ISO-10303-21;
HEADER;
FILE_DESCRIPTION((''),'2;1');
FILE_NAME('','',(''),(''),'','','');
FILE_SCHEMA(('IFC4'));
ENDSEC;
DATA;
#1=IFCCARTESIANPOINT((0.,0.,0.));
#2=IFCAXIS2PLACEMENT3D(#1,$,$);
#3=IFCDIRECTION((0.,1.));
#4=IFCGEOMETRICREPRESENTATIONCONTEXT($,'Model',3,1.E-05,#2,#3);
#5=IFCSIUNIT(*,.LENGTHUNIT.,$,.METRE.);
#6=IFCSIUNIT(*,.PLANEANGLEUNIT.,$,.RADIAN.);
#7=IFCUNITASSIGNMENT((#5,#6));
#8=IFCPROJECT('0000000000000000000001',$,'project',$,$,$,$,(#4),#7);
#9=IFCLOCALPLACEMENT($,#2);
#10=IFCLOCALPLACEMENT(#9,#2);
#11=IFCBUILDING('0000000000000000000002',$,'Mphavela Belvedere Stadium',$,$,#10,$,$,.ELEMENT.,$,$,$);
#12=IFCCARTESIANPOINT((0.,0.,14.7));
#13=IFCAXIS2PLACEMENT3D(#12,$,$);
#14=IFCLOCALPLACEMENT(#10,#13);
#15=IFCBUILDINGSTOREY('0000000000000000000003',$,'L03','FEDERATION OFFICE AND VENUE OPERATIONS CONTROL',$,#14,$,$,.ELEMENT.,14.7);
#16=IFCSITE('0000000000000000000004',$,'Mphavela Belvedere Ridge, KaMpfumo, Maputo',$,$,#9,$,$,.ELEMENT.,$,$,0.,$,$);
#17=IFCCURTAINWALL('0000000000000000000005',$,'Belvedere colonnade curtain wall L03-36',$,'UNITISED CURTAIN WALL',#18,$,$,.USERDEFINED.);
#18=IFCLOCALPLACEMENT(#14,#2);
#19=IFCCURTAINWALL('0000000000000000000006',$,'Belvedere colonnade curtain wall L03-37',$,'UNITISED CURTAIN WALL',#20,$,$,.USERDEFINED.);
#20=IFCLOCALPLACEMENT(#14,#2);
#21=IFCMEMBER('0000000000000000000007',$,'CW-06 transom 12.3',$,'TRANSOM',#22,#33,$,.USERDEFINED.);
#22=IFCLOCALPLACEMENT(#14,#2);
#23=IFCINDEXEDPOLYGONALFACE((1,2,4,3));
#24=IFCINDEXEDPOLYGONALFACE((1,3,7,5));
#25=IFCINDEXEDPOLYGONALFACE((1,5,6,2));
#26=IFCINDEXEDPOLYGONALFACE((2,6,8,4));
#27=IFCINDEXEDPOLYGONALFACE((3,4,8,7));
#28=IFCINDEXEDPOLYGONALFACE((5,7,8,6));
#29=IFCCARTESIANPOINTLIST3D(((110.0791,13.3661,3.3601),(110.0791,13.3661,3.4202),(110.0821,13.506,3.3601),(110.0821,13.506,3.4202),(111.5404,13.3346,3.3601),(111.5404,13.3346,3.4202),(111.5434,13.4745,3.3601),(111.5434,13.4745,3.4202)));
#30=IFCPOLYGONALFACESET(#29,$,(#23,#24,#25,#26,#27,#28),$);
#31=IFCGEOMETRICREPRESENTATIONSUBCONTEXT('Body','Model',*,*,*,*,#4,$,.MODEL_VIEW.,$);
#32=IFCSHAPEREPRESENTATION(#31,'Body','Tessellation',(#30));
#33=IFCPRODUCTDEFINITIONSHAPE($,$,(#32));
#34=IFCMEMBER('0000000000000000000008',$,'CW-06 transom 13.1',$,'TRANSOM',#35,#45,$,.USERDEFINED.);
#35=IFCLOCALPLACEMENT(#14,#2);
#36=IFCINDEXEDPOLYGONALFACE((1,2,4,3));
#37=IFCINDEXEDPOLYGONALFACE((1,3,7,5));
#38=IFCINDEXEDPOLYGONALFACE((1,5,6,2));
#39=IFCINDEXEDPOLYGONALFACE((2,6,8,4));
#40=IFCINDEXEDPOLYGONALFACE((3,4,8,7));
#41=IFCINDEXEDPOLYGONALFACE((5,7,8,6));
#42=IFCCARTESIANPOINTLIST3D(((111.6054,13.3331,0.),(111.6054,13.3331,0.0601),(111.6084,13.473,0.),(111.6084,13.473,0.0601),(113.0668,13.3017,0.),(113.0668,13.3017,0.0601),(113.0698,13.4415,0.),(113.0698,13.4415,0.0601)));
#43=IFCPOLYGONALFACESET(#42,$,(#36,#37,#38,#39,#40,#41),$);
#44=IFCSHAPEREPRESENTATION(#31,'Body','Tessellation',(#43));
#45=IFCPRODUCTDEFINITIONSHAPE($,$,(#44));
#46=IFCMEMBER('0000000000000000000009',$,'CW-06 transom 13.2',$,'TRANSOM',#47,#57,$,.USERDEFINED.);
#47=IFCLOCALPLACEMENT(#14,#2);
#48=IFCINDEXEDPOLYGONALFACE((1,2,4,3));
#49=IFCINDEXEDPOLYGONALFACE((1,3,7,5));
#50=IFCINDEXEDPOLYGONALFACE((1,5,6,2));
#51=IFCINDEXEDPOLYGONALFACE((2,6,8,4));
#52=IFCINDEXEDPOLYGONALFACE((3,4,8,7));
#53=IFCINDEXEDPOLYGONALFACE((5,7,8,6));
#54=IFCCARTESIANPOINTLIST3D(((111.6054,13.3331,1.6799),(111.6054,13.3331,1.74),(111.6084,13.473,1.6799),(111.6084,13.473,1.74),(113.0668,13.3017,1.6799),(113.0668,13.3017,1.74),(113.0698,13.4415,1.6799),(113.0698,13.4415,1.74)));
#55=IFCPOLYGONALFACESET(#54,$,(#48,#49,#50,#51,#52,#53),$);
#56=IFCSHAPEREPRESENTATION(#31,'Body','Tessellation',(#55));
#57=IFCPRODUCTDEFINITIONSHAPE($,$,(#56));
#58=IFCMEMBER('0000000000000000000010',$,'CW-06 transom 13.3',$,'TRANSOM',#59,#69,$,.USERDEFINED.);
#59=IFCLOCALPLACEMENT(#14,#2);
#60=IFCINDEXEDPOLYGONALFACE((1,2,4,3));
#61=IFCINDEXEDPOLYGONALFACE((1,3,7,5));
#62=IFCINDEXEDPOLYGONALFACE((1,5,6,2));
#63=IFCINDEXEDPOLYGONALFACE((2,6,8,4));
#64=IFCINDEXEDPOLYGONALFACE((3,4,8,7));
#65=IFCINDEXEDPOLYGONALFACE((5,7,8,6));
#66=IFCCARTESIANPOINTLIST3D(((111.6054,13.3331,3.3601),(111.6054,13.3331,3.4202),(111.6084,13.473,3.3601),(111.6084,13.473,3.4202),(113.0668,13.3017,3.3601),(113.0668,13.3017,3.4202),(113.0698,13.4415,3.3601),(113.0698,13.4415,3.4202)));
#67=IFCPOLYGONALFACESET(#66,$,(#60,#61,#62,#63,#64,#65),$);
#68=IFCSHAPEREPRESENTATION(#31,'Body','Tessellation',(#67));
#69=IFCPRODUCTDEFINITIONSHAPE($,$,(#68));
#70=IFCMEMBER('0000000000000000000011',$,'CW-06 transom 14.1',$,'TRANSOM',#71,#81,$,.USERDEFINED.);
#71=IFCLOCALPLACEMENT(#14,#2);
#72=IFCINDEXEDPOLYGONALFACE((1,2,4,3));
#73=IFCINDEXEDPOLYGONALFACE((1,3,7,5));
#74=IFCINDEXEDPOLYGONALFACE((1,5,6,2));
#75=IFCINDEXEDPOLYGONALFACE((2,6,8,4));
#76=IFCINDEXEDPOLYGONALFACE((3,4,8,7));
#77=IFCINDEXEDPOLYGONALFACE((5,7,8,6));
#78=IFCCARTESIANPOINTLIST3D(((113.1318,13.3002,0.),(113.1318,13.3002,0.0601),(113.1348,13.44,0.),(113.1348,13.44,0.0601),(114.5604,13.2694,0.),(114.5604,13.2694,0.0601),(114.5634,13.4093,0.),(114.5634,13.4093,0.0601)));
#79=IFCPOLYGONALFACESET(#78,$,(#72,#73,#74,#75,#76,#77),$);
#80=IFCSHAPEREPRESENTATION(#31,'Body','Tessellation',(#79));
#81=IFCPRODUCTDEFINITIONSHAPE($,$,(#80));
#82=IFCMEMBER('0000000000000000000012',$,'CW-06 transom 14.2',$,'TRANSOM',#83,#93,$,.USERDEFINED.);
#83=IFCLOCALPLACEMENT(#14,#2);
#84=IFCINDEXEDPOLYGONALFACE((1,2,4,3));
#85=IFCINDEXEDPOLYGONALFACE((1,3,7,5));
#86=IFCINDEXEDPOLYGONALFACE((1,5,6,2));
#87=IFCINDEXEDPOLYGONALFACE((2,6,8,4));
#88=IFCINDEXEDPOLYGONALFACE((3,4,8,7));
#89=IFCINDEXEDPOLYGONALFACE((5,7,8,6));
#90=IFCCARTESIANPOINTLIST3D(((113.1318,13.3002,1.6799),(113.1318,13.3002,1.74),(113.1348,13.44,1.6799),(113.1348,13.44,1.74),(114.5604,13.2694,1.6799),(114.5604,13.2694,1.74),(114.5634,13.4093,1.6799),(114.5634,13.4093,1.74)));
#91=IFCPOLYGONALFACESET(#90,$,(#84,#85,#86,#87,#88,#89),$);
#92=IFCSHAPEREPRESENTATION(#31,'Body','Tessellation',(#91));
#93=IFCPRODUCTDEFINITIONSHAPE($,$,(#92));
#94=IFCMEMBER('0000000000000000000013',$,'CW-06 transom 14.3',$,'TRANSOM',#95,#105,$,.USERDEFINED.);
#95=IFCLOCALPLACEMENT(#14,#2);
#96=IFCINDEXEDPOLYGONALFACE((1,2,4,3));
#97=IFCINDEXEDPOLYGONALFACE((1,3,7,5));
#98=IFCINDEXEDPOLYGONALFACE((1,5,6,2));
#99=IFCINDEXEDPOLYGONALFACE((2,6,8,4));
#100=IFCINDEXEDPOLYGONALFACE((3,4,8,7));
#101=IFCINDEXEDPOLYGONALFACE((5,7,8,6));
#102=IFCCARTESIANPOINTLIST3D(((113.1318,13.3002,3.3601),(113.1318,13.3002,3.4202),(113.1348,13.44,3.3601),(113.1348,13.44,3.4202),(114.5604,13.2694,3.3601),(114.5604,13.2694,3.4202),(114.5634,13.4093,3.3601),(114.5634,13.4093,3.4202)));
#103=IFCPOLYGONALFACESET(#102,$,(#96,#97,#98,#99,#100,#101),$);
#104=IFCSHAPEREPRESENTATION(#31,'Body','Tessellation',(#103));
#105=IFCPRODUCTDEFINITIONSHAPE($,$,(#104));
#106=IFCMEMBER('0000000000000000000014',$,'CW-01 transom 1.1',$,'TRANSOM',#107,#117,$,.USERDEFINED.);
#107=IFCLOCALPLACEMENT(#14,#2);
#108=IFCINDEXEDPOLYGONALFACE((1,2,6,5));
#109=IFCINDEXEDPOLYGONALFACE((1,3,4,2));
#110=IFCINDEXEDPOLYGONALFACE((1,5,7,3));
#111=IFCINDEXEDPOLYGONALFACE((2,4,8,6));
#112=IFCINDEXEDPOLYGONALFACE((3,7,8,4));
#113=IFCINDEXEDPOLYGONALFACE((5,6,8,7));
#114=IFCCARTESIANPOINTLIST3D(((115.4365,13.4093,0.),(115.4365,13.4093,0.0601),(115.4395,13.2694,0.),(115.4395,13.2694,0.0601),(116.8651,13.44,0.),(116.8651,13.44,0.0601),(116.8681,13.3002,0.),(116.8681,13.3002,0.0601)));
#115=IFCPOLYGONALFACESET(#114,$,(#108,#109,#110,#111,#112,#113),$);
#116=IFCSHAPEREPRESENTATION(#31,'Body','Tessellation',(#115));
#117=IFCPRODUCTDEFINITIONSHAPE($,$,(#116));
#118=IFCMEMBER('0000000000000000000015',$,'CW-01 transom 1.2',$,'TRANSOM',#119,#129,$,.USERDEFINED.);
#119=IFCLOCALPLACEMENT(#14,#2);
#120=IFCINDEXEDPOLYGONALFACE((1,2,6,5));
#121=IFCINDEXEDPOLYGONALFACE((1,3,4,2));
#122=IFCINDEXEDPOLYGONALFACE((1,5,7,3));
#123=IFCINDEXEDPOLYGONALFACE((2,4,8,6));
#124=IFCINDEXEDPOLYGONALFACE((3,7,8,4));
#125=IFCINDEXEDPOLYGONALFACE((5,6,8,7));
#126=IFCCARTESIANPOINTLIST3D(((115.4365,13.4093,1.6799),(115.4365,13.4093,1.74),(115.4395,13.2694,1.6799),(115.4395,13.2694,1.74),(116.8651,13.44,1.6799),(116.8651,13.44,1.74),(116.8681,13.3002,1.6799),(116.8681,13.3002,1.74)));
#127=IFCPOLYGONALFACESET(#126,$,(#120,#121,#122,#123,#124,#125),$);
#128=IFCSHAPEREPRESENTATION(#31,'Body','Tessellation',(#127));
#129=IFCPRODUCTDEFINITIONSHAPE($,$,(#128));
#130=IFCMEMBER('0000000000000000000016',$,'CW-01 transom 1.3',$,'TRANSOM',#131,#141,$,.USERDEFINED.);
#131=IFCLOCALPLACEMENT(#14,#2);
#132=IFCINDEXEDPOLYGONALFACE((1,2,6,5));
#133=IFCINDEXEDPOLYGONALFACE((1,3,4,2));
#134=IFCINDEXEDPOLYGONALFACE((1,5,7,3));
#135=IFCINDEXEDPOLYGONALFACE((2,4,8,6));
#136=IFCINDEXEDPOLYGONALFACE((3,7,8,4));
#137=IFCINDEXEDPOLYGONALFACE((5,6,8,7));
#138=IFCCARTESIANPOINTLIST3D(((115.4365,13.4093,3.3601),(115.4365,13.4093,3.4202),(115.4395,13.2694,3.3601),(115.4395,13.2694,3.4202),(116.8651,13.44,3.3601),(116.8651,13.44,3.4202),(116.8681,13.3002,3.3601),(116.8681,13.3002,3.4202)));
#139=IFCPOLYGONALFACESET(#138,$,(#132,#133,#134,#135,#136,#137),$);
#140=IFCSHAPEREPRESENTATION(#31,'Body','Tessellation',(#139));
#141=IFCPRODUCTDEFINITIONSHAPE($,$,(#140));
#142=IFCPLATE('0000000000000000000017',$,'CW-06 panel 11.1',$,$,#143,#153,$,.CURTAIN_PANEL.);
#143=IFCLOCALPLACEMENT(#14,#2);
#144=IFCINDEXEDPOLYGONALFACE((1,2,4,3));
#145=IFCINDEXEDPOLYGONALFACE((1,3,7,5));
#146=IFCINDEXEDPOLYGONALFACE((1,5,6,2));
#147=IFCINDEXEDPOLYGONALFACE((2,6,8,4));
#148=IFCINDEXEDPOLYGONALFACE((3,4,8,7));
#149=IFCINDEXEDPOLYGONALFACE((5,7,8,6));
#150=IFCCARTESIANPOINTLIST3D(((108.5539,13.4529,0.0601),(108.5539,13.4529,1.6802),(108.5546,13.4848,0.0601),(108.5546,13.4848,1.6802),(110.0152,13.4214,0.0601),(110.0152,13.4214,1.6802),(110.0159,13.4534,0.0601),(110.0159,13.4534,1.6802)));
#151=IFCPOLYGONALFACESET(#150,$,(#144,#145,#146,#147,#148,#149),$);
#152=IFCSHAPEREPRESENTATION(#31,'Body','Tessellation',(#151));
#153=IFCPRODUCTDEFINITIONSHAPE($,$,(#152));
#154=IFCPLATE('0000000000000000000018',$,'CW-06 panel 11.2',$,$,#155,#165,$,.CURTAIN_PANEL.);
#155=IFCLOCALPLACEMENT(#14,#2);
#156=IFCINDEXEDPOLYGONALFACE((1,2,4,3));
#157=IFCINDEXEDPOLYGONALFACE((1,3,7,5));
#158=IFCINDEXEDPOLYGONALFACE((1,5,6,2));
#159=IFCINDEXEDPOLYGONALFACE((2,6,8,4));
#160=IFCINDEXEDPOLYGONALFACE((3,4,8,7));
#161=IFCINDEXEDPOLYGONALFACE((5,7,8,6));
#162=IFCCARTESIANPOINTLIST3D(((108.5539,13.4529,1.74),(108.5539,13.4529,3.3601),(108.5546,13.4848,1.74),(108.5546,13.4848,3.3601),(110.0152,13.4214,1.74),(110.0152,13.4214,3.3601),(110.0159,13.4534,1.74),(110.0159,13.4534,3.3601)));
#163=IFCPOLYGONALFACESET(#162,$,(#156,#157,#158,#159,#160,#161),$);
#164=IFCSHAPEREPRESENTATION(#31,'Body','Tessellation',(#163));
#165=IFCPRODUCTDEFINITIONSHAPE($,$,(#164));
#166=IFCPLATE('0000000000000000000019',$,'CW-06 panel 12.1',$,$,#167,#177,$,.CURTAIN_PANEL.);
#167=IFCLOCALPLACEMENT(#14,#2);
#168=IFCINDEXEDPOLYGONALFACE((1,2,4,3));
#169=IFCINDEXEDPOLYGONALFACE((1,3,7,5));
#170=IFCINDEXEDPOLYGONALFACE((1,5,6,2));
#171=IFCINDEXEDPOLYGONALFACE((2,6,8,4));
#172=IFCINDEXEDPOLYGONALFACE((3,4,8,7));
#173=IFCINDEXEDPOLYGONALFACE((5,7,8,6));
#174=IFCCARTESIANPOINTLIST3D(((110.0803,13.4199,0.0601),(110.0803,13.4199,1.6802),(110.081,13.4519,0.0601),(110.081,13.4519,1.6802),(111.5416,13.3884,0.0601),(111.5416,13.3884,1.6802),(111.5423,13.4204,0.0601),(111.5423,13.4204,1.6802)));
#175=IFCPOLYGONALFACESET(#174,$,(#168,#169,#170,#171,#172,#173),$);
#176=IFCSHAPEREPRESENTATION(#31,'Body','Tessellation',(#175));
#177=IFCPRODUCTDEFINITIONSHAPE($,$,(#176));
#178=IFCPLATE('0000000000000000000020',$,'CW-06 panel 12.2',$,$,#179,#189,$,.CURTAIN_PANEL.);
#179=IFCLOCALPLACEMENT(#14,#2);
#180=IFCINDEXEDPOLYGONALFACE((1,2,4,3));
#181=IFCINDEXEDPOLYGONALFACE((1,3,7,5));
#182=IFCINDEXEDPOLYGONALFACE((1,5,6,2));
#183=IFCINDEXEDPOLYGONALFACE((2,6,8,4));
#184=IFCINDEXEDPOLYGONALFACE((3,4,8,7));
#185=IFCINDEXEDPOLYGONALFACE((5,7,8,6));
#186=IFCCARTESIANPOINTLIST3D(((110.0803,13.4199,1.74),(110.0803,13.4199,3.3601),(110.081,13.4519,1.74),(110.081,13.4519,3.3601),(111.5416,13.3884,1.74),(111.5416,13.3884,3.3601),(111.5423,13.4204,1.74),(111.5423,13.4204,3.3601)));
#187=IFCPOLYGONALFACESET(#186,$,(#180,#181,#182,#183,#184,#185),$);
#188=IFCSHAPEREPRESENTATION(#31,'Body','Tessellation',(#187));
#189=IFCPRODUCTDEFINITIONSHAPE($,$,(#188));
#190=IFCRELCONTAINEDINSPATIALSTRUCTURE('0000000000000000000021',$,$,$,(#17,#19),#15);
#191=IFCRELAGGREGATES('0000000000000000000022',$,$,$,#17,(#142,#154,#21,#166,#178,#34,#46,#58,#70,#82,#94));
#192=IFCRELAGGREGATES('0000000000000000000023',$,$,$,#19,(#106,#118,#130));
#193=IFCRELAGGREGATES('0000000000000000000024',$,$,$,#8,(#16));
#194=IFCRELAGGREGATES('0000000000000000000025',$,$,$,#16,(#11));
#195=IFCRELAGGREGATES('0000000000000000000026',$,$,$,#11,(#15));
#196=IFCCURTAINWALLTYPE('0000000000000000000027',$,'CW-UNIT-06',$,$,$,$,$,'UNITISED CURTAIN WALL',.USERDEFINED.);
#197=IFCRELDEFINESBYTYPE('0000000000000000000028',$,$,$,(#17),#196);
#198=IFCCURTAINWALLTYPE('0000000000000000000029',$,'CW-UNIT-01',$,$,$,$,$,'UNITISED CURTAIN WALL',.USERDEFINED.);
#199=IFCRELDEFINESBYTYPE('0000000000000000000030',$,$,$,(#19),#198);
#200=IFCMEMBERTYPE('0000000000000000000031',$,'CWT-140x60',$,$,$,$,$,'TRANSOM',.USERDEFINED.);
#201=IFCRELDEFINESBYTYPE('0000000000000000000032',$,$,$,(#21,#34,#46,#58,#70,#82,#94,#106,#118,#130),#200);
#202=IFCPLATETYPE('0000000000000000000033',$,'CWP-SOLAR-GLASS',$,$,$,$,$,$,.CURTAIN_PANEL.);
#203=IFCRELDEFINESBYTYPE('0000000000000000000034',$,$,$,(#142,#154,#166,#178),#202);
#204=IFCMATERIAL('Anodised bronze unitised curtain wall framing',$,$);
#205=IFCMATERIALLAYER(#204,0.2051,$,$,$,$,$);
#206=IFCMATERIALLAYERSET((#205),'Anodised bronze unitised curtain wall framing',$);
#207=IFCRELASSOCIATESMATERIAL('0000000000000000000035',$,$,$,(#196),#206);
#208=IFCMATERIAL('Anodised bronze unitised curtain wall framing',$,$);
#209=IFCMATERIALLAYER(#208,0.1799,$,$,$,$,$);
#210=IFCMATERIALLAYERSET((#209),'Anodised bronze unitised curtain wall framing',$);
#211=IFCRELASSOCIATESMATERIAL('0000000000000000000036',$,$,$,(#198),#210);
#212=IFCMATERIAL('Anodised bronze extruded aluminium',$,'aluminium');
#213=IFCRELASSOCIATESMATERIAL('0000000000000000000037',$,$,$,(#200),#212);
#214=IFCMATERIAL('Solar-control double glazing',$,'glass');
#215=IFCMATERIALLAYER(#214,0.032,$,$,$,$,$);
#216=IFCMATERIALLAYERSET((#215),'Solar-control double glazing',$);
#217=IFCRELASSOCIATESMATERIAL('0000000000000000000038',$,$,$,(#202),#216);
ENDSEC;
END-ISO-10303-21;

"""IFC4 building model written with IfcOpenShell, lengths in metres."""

from ifc_helpers import new_model, si_unit, direction, frame, origin, origin_2d, place, context, subcontext, project, spatial, rectangle, extrude, material, layer, layer_set, material_profile, profile_set, type_object, element, aggregate, save


model = new_model("IFC4")

# Units and contexts
model_context = context("Model", 3, precision=1e-05, world=origin(), true_north=direction((0.0, 1.0)))
body_context = subcontext(model_context, "Body", "Model", "MODEL_VIEW")
ifc_project = project(units=[si_unit("LENGTHUNIT", "METRE"), si_unit("PLANEANGLEUNIT", "RADIAN")], contexts=[model_context])

# Site, building, storey
site_placement = place(None, origin())
site = spatial("IfcSite", under=ifc_project, at=site_placement, Name="Mphavela Belvedere Ridge, KaMpfumo, Maputo", CompositionType="ELEMENT", RefElevation=0.0)
building_placement = place(site_placement, origin())
building = spatial("IfcBuilding", under=site, at=building_placement, Name="Mphavela Belvedere Stadium", CompositionType="ELEMENT")
storey_placement = place(building_placement, frame((0.0, 0.0, 14.7)))
storey = spatial("IfcBuildingStorey", under=building, at=storey_placement, Name="L03", Description="FEDERATION OFFICE AND VENUE OPERATIONS CONTROL", CompositionType="ELEMENT", Elevation=14.7)

# Curtain wall
ifc_material_1 = material(Name="Anodised bronze unitised curtain wall framing")
ifc_layer_1 = layer(ifc_material_1, 0.2051)
ifc_layer_set_1 = layer_set([ifc_layer_1], Name="Anodised bronze unitised curtain wall framing")
curtain_wall_type_1 = type_object("IfcCurtainWallType", Name="CW-UNIT-06", ElementType="UNITISED CURTAIN WALL", PredefinedType="USERDEFINED", material=ifc_layer_set_1)
curtain_wall_1_placement = place(storey_placement, origin())
curtain_wall_1 = element("IfcCurtainWall", 1, at=curtain_wall_1_placement, inside=storey, type_object=curtain_wall_type_1, Name="Belvedere colonnade curtain wall L03-36", ObjectType="UNITISED CURTAIN WALL", PredefinedType="USERDEFINED")

# Curtain wall
ifc_material_2 = material(Name="Anodised bronze unitised curtain wall framing")
ifc_layer_2 = layer(ifc_material_2, 0.1799)
ifc_layer_set_2 = layer_set([ifc_layer_2], Name="Anodised bronze unitised curtain wall framing")
curtain_wall_type_2 = type_object("IfcCurtainWallType", Name="CW-UNIT-01", ElementType="UNITISED CURTAIN WALL", PredefinedType="USERDEFINED", material=ifc_layer_set_2)
curtain_wall_2_placement = place(storey_placement, origin())
curtain_wall_2 = element("IfcCurtainWall", 2, at=curtain_wall_2_placement, inside=storey, type_object=curtain_wall_type_2, Name="Belvedere colonnade curtain wall L03-37", ObjectType="UNITISED CURTAIN WALL", PredefinedType="USERDEFINED")

# Members
ifc_material_3 = material(Name="Anodised bronze extruded aluminium", Category="aluminium")
ifc_material_profile_1 = material_profile(ifc_material_3, rectangle(XDim=0.1399, YDim=0.0601, at=origin_2d()), Name="CW-TRN 140x60")
ifc_profile_set_1 = profile_set([ifc_material_profile_1], Name="Anodised bronze extruded aluminium")
member_type_1 = type_object("IfcMemberType", Name="CWT-140x60", ElementType="TRANSOM", PredefinedType="USERDEFINED", material=ifc_profile_set_1)
member_1_placement = place(storey_placement, frame((110.0806, 13.436, 3.3901), z_axis=(0.999768, -0.021545, 0.0), x_axis=(0.021545, 0.999768, 0.0)))
member_1 = element("IfcMember", 3, at=member_1_placement, type_object=member_type_1, Name="CW-06 transom 12.3", ObjectType="TRANSOM", PredefinedType="USERDEFINED", context=body_context, shape_type="SweptSolid", body=[
    extrude(rectangle(XDim=0.1399, YDim=0.0601, at=origin_2d()), origin(), (0.0, 0.0, 1.0), 1.4617),
])
member_2_placement = place(storey_placement, frame((111.6069, 13.4031, 0.03), z_axis=(0.999768, -0.021545, 0.0), x_axis=(0.021545, 0.999768, 0.0)))
member_2 = element("IfcMember", 4, at=member_2_placement, type_object=member_type_1, Name="CW-06 transom 13.1", ObjectType="TRANSOM", PredefinedType="USERDEFINED", context=body_context, shape_type="SweptSolid", body=[
    extrude(rectangle(XDim=0.1399, YDim=0.0601, at=origin_2d()), origin(), (0.0, 0.0, 1.0), 1.4617),
])
member_3_placement = place(storey_placement, frame((111.6069, 13.4031, 1.71), z_axis=(0.999768, -0.021545, 0.0), x_axis=(0.021545, 0.999768, 0.0)))
member_3 = element("IfcMember", 5, at=member_3_placement, type_object=member_type_1, Name="CW-06 transom 13.2", ObjectType="TRANSOM", PredefinedType="USERDEFINED", context=body_context, shape_type="SweptSolid", body=[
    extrude(rectangle(XDim=0.1399, YDim=0.0601, at=origin_2d()), origin(), (0.0, 0.0, 1.0), 1.4617),
])
member_4_placement = place(storey_placement, frame((111.6069, 13.4031, 3.3901), z_axis=(0.999768, -0.021545, 0.0), x_axis=(0.021545, 0.999768, 0.0)))
member_4 = element("IfcMember", 6, at=member_4_placement, type_object=member_type_1, Name="CW-06 transom 13.3", ObjectType="TRANSOM", PredefinedType="USERDEFINED", context=body_context, shape_type="SweptSolid", body=[
    extrude(rectangle(XDim=0.1399, YDim=0.0601, at=origin_2d()), origin(), (0.0, 0.0, 1.0), 1.4617),
])
member_5_placement = place(storey_placement, frame((113.1333, 13.3701, 0.03), z_axis=(0.999768, -0.021526, 0.0), x_axis=(0.021526, 0.999768, 0.0)))
member_5 = element("IfcMember", 7, at=member_5_placement, type_object=member_type_1, Name="CW-06 transom 14.1", ObjectType="TRANSOM", PredefinedType="USERDEFINED", context=body_context, shape_type="SweptSolid", body=[
    extrude(rectangle(XDim=0.1399, YDim=0.0601, at=origin_2d()), origin(), (0.0, 0.0, 1.0), 1.429),
])
member_6_placement = place(storey_placement, frame((113.1333, 13.3701, 1.71), z_axis=(0.999768, -0.021526, 0.0), x_axis=(0.021526, 0.999768, 0.0)))
member_6 = element("IfcMember", 8, at=member_6_placement, type_object=member_type_1, Name="CW-06 transom 14.2", ObjectType="TRANSOM", PredefinedType="USERDEFINED", context=body_context, shape_type="SweptSolid", body=[
    extrude(rectangle(XDim=0.1399, YDim=0.0601, at=origin_2d()), origin(), (0.0, 0.0, 1.0), 1.429),
])
member_7_placement = place(storey_placement, frame((113.1333, 13.3701, 3.3901), z_axis=(0.999768, -0.021526, 0.0), x_axis=(0.021526, 0.999768, 0.0)))
member_7 = element("IfcMember", 9, at=member_7_placement, type_object=member_type_1, Name="CW-06 transom 14.3", ObjectType="TRANSOM", PredefinedType="USERDEFINED", context=body_context, shape_type="SweptSolid", body=[
    extrude(rectangle(XDim=0.1399, YDim=0.0601, at=origin_2d()), origin(), (0.0, 0.0, 1.0), 1.429),
])
member_8_placement = place(storey_placement, frame((115.438, 13.3394, 0.03), z_axis=(0.999768, 0.021526, 0.0), x_axis=(-0.021526, 0.999768, 0.0)))
member_8 = element("IfcMember", 10, at=member_8_placement, type_object=member_type_1, Name="CW-01 transom 1.1", ObjectType="TRANSOM", PredefinedType="USERDEFINED", context=body_context, shape_type="SweptSolid", body=[
    extrude(rectangle(XDim=0.1399, YDim=0.0601, at=origin_2d()), origin(), (0.0, 0.0, 1.0), 1.429),
])
member_9_placement = place(storey_placement, frame((115.438, 13.3394, 1.71), z_axis=(0.999768, 0.021526, 0.0), x_axis=(-0.021526, 0.999768, 0.0)))
member_9 = element("IfcMember", 11, at=member_9_placement, type_object=member_type_1, Name="CW-01 transom 1.2", ObjectType="TRANSOM", PredefinedType="USERDEFINED", context=body_context, shape_type="SweptSolid", body=[
    extrude(rectangle(XDim=0.1399, YDim=0.0601, at=origin_2d()), origin(), (0.0, 0.0, 1.0), 1.429),
])
member_10_placement = place(storey_placement, frame((115.438, 13.3394, 3.3901), z_axis=(0.999768, 0.021526, 0.0), x_axis=(-0.021526, 0.999768, 0.0)))
member_10 = element("IfcMember", 12, at=member_10_placement, type_object=member_type_1, Name="CW-01 transom 1.3", ObjectType="TRANSOM", PredefinedType="USERDEFINED", context=body_context, shape_type="SweptSolid", body=[
    extrude(rectangle(XDim=0.1399, YDim=0.0601, at=origin_2d()), origin(), (0.0, 0.0, 1.0), 1.429),
])

# Plates
ifc_material_4 = material(Name="Solar-control double glazing", Category="glass")
ifc_layer_3 = layer(ifc_material_4, 0.032)
ifc_layer_set_3 = layer_set([ifc_layer_3], Name="Solar-control double glazing")
plate_type = type_object("IfcPlateType", Name="CWP-SOLAR-GLASS", PredefinedType="CURTAIN_PANEL", material=ifc_layer_set_3)
plate_1_placement = place(storey_placement, frame((109.2849, 13.4531, 0.0601), z_axis=(0.0, 0.0, 1.0), x_axis=(0.999768, -0.021531, 0.0)))
plate_1 = element("IfcPlate", 13, at=plate_1_placement, type_object=plate_type, Name="CW-06 panel 11.1", PredefinedType="CURTAIN_PANEL", context=body_context, shape_type="SweptSolid", body=[
    extrude(rectangle(XDim=1.4617, YDim=0.032, at=origin_2d()), origin(), (0.0, 0.0, 1.0), 1.6201),
])
plate_2_placement = place(storey_placement, frame((109.2849, 13.4531, 1.74), z_axis=(0.0, 0.0, 1.0), x_axis=(0.999768, -0.021531, 0.0)))
plate_2 = element("IfcPlate", 14, at=plate_2_placement, type_object=plate_type, Name="CW-06 panel 11.2", PredefinedType="CURTAIN_PANEL", context=body_context, shape_type="SweptSolid", body=[
    extrude(rectangle(XDim=1.4617, YDim=0.032, at=origin_2d()), origin(), (0.0, 0.0, 1.0), 1.6201),
])
plate_3_placement = place(storey_placement, frame((110.8113, 13.4202, 0.0601), z_axis=(0.0, 0.0, 1.0), x_axis=(0.999768, -0.021531, 0.0)))
plate_3 = element("IfcPlate", 15, at=plate_3_placement, type_object=plate_type, Name="CW-06 panel 12.1", PredefinedType="CURTAIN_PANEL", context=body_context, shape_type="SweptSolid", body=[
    extrude(rectangle(XDim=1.4617, YDim=0.032, at=origin_2d()), origin(), (0.0, 0.0, 1.0), 1.6201),
])
plate_4_placement = place(storey_placement, frame((110.8113, 13.4202, 1.74), z_axis=(0.0, 0.0, 1.0), x_axis=(0.999768, -0.021531, 0.0)))
plate_4 = element("IfcPlate", 16, at=plate_4_placement, type_object=plate_type, Name="CW-06 panel 12.2", PredefinedType="CURTAIN_PANEL", context=body_context, shape_type="SweptSolid", body=[
    extrude(rectangle(XDim=1.4617, YDim=0.032, at=origin_2d()), origin(), (0.0, 0.0, 1.0), 1.6201),
])
aggregate(curtain_wall_1, [plate_1, plate_2, member_1, plate_3, plate_4, member_2, member_3, member_4, member_5, member_6, member_7])
aggregate(curtain_wall_2, [member_8, member_9, member_10])

save(model, "model.ifc")
